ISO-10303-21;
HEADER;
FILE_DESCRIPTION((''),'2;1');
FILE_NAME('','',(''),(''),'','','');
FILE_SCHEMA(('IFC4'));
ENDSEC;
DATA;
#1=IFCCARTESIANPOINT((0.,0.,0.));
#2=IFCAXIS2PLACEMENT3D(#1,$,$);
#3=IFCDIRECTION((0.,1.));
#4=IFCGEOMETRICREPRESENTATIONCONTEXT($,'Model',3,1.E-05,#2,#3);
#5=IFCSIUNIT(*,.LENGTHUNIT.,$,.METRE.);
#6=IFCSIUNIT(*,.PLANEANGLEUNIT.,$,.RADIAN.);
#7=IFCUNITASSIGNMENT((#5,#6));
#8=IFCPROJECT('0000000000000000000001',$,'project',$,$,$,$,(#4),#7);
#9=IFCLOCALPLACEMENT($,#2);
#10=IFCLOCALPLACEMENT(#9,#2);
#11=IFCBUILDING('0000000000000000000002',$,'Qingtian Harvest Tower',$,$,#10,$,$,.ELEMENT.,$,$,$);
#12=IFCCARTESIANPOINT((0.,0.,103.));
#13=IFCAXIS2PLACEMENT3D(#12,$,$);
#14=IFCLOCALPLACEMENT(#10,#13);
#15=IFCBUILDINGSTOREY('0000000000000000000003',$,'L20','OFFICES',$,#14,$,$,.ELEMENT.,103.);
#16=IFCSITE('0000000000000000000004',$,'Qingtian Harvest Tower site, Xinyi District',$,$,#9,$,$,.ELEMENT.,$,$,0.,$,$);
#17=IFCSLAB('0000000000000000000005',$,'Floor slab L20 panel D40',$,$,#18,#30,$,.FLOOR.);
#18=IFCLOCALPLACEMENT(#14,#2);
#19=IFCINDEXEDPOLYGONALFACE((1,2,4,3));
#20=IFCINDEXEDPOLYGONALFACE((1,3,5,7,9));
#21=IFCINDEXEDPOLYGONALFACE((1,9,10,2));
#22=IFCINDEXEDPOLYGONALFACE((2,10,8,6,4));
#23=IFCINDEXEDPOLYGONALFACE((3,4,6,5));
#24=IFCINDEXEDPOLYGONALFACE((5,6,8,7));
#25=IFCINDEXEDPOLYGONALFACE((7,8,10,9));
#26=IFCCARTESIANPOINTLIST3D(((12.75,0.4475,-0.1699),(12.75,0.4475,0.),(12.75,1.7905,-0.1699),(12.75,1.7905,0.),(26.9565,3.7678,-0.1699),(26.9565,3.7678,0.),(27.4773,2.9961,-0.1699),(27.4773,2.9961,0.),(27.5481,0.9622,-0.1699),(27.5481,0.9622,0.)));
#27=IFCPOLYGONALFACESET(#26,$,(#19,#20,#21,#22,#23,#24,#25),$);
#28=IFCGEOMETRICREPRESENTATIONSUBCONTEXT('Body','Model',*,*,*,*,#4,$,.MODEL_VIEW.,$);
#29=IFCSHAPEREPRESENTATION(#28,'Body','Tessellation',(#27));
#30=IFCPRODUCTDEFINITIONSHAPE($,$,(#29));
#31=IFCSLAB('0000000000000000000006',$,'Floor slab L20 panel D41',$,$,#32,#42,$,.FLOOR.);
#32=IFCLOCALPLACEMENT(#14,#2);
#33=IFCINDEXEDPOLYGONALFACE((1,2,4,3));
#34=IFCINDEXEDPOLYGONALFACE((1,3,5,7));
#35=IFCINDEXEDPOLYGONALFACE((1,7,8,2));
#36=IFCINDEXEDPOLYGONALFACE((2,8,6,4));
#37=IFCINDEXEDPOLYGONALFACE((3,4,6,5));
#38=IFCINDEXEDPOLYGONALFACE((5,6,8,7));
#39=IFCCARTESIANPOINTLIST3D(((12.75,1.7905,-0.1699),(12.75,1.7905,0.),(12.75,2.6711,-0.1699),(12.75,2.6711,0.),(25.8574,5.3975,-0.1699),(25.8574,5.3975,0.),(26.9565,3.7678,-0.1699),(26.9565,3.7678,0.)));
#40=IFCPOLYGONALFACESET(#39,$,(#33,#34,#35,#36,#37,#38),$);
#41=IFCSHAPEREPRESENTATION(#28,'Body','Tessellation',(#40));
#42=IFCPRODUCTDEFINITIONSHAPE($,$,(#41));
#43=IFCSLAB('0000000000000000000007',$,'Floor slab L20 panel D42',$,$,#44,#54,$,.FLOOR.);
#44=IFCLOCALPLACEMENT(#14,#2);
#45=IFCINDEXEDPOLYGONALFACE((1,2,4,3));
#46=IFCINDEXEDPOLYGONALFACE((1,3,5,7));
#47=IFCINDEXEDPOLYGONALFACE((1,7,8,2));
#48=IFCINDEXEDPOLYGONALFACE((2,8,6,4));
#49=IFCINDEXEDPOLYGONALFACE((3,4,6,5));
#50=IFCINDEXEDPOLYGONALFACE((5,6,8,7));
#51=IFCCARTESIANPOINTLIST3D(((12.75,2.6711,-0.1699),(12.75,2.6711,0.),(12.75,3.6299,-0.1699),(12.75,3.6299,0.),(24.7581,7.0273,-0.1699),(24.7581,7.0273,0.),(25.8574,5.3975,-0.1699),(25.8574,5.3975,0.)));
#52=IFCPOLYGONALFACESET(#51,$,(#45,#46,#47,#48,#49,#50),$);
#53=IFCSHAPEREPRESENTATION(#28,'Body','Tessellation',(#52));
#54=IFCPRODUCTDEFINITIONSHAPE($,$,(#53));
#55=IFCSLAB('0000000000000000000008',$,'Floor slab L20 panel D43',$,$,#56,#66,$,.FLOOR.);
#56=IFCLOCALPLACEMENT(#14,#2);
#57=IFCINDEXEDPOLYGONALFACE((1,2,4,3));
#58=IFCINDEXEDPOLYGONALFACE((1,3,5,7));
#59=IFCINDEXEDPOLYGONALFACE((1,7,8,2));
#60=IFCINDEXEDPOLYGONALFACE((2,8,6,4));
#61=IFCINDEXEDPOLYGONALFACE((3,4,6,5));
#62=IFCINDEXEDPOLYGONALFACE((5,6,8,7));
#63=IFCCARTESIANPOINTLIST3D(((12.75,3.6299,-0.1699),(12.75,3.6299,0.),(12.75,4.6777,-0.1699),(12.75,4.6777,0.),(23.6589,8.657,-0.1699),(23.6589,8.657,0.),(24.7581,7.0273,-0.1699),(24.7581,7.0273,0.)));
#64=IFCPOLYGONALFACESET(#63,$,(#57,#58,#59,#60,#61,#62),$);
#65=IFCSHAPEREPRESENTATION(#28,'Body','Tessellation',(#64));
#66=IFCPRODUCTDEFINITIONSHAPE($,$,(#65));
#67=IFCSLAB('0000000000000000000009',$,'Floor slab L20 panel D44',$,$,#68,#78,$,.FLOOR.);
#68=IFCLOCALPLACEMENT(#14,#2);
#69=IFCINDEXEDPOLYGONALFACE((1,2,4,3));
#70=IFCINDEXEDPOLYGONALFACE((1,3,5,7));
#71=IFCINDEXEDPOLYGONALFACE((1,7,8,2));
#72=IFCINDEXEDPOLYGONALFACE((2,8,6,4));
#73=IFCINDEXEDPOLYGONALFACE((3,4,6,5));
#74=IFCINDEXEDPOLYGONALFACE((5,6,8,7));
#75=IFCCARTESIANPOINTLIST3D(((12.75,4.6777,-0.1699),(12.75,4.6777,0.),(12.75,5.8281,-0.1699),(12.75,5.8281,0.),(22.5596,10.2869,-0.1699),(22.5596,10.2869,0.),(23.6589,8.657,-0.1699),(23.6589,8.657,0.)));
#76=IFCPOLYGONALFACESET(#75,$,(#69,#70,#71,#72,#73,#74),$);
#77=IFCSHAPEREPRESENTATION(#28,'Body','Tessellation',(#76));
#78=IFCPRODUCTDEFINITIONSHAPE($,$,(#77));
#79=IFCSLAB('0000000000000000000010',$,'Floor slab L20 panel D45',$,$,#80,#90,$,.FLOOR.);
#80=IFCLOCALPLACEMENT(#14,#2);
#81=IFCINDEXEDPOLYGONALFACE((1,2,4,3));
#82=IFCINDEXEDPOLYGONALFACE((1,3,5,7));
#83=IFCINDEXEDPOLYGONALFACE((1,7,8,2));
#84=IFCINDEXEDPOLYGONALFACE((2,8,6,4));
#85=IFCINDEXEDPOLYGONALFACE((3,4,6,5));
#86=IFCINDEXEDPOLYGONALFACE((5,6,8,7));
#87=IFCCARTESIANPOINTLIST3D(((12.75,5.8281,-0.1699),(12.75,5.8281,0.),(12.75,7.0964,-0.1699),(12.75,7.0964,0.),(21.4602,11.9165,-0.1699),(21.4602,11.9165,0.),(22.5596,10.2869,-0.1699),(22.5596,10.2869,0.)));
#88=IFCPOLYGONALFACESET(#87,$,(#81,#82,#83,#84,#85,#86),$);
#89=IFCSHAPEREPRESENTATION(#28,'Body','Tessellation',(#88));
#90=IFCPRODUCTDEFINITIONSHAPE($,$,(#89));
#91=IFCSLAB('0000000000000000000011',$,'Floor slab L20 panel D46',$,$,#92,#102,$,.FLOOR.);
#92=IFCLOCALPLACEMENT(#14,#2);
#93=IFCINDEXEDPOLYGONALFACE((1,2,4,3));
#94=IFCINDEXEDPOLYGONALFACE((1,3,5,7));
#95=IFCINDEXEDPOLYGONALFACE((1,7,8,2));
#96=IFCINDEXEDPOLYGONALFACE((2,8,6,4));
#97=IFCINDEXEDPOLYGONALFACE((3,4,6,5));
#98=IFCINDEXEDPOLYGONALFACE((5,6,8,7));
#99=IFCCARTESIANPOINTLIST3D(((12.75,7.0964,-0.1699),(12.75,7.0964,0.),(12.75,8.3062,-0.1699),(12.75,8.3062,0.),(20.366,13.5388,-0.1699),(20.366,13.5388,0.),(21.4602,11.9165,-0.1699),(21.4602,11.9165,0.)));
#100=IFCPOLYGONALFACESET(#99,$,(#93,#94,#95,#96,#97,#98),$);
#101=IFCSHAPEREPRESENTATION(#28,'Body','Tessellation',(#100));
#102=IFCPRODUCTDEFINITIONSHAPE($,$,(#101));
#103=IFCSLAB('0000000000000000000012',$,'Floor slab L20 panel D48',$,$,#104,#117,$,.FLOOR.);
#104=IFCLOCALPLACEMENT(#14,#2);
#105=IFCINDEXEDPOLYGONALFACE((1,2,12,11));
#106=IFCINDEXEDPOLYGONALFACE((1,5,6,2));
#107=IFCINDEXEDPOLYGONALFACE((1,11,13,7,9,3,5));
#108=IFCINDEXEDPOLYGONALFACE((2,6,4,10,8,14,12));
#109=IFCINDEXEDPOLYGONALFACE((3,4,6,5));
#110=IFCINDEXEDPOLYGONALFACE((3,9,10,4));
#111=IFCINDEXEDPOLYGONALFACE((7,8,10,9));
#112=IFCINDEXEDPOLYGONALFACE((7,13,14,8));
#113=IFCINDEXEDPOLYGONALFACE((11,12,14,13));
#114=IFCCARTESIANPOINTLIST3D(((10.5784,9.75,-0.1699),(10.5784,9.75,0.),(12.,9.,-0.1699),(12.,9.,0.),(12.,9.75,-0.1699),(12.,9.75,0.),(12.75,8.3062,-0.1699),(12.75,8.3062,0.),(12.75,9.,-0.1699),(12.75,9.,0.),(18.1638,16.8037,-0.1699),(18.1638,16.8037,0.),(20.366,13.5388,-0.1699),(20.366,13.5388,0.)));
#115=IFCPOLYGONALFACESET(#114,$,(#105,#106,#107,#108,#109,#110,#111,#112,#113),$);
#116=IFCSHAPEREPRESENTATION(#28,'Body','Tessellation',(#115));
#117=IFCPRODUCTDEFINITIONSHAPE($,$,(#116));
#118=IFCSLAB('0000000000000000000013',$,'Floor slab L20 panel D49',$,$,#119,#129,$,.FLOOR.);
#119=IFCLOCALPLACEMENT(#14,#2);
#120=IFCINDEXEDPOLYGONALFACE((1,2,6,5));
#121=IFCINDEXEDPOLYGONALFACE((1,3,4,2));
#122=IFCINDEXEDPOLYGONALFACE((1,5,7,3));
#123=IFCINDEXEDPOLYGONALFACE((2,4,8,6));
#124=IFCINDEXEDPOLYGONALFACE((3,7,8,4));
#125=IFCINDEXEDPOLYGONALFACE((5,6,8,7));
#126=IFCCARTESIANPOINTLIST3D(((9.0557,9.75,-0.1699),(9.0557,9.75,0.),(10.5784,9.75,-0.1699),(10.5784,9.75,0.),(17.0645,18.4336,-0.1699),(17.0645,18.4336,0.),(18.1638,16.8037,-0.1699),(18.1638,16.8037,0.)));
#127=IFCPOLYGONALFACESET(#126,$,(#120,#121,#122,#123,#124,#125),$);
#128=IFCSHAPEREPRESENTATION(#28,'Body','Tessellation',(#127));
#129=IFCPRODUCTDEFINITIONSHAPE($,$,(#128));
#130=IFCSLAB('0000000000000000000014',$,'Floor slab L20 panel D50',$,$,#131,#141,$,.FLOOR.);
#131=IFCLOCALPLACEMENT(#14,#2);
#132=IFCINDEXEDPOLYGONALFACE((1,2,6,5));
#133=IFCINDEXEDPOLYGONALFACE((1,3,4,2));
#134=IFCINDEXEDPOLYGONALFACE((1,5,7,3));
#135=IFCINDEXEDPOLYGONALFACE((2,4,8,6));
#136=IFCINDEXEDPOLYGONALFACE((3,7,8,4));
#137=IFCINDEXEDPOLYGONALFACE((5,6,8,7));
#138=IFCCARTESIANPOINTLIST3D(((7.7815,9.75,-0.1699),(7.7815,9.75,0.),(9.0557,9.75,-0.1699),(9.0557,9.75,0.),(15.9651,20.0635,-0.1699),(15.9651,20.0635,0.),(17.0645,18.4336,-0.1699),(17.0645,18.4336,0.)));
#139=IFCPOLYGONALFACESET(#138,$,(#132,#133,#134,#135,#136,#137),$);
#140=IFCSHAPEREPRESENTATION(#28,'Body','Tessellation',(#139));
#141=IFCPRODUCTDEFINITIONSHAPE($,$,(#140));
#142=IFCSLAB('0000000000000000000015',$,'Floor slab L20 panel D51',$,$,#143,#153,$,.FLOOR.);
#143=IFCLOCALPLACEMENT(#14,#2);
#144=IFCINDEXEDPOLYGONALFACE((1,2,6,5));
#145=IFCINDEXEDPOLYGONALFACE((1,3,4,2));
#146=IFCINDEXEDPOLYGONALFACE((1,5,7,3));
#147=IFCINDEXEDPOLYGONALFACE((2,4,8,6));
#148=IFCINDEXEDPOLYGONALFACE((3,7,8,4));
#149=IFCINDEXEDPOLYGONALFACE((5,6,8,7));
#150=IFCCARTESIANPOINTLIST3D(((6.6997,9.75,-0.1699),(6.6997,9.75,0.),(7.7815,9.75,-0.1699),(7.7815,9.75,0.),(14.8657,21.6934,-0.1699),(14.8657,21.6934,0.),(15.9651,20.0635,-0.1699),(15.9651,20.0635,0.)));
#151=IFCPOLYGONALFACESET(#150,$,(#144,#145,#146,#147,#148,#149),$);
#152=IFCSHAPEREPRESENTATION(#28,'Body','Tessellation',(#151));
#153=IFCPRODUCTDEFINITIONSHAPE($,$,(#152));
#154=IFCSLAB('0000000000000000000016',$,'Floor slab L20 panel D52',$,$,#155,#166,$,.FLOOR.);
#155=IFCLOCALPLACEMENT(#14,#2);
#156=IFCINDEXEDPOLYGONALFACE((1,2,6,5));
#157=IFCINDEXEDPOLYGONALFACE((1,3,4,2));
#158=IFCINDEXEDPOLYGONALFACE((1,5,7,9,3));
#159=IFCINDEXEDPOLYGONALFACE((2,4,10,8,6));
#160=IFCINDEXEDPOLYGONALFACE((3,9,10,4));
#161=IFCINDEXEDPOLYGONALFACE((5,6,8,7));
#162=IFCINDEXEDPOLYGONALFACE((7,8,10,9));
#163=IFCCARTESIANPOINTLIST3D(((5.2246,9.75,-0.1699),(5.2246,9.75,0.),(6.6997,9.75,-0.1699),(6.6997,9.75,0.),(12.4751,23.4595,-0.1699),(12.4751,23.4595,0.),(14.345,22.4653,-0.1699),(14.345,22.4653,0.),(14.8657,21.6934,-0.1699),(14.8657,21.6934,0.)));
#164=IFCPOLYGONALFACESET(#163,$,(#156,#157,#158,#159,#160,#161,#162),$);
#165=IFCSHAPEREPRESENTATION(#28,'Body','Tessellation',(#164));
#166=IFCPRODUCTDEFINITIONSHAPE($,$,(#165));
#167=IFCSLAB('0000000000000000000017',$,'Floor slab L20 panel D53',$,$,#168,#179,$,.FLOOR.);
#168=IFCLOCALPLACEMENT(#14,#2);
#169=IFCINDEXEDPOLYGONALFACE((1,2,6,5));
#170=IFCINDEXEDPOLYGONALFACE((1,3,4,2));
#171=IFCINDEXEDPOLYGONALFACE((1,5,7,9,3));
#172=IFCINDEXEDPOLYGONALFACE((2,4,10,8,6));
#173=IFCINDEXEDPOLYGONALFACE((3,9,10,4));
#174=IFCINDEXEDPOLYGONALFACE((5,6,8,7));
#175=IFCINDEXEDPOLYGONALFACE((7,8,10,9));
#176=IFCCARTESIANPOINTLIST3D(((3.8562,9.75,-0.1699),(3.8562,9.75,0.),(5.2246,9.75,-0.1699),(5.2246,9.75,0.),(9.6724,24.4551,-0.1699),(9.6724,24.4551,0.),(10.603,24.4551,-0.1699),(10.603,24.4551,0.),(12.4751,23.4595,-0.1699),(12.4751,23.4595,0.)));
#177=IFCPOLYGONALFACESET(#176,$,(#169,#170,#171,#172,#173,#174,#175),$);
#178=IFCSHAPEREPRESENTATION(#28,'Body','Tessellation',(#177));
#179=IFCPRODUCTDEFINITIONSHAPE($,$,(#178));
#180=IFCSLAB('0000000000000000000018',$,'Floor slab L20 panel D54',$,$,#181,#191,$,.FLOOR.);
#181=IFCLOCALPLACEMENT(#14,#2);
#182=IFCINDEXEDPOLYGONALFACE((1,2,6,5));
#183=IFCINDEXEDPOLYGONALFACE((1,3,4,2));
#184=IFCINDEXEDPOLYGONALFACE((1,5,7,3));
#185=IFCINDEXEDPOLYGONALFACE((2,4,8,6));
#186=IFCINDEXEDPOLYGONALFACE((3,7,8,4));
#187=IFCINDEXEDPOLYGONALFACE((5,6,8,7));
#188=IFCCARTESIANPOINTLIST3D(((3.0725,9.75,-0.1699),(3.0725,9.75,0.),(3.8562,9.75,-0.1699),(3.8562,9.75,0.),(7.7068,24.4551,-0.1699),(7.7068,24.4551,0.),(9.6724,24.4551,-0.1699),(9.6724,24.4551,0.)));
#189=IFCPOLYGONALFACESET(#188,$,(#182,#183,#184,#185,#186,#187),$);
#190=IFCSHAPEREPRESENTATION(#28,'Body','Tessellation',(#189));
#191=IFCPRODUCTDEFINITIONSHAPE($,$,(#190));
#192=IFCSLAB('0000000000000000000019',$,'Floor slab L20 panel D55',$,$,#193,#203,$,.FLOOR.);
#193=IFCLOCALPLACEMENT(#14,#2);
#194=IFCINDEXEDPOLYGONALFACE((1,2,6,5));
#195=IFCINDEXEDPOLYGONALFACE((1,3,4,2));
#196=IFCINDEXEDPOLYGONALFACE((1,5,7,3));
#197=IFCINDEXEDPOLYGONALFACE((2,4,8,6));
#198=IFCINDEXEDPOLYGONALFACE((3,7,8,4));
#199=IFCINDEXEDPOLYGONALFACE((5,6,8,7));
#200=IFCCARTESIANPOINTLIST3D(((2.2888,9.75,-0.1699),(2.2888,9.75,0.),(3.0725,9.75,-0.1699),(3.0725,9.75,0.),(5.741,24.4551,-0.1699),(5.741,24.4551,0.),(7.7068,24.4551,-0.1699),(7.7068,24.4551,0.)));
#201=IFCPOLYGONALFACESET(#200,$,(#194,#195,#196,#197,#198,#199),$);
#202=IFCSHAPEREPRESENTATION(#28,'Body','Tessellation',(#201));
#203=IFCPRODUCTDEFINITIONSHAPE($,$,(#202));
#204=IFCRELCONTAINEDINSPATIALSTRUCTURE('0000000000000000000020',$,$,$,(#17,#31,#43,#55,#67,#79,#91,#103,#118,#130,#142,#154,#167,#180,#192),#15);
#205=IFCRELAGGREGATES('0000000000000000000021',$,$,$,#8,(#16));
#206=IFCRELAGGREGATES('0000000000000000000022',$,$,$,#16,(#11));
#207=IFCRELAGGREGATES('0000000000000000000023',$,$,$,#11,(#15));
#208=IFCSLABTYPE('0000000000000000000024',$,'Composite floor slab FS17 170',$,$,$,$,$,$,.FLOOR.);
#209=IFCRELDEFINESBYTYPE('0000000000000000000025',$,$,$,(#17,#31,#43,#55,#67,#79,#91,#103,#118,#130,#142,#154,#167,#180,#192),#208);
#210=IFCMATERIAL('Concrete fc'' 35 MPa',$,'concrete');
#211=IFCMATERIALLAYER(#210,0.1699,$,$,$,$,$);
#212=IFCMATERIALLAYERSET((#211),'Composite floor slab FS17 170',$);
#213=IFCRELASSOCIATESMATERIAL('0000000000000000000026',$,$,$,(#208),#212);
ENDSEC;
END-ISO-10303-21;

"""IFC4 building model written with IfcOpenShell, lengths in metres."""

from ifc_helpers import new_model, si_unit, direction, frame, origin, place, context, subcontext, project, spatial, polyline, outline, extrude, material, layer, layer_set, type_object, element, save


model = new_model("IFC4")

# Units and contexts
model_context = context("Model", 3, precision=1e-05, world=origin(), true_north=direction((0.0, 1.0)))
body_context = subcontext(model_context, "Body", "Model", "MODEL_VIEW")
ifc_project = project(units=[si_unit("LENGTHUNIT", "METRE"), si_unit("PLANEANGLEUNIT", "RADIAN")], contexts=[model_context])

# Site, building, storey
site_placement = place(None, origin())
site = spatial("IfcSite", under=ifc_project, at=site_placement, Name="Qingtian Harvest Tower site, Xinyi District", CompositionType="ELEMENT", RefElevation=0.0)
building_placement = place(site_placement, origin())
building = spatial("IfcBuilding", under=site, at=building_placement, Name="Qingtian Harvest Tower", CompositionType="ELEMENT")
storey_placement = place(building_placement, frame((0.0, 0.0, 103.0)))
storey = spatial("IfcBuildingStorey", under=building, at=storey_placement, Name="L20", Description="OFFICES", CompositionType="ELEMENT", Elevation=103.0)

# Slabs
ifc_material_1 = material(Name="Concrete fc' 35 MPa", Category="concrete")
ifc_layer_1 = layer(ifc_material_1, 0.1699)
ifc_layer_set_1 = layer_set([ifc_layer_1], Name="Composite floor slab FS17 170")
slab_type = type_object("IfcSlabType", Name="Composite floor slab FS17 170", PredefinedType="FLOOR", material=ifc_layer_set_1)
slab_1_placement = place(storey_placement, frame((0.0, 0.0, -0.1699)))
element("IfcSlab", 1, at=slab_1_placement, inside=storey, type_object=slab_type, Name="Floor slab L20 panel D40", PredefinedType="FLOOR", context=body_context, shape_type="SweptSolid", body=[
    extrude(outline(polyline([(12.75, 0.4475), (12.75, 1.7905), (26.9565, 3.7678), (27.4773, 2.9961), (27.5481, 0.9622), (12.75, 0.4475)])), origin(), (0.0, 0.0, 1.0), 0.1699),
])
slab_2_placement = place(storey_placement, frame((0.0, 0.0, -0.1699)))
element("IfcSlab", 2, at=slab_2_placement, inside=storey, type_object=slab_type, Name="Floor slab L20 panel D41", PredefinedType="FLOOR", context=body_context, shape_type="SweptSolid", body=[
    extrude(outline(polyline([(12.75, 2.6711), (25.8574, 5.3975), (26.9565, 3.7678), (12.75, 1.7905), (12.75, 2.6711)])), origin(), (0.0, 0.0, 1.0), 0.1699),
])
slab_3_placement = place(storey_placement, frame((0.0, 0.0, -0.1699)))
element("IfcSlab", 3, at=slab_3_placement, inside=storey, type_object=slab_type, Name="Floor slab L20 panel D42", PredefinedType="FLOOR", context=body_context, shape_type="SweptSolid", body=[
    extrude(outline(polyline([(12.75, 3.6299), (24.7581, 7.0273), (25.8574, 5.3975), (12.75, 2.6711), (12.75, 3.6299)])), origin(), (0.0, 0.0, 1.0), 0.1699),
])
slab_4_placement = place(storey_placement, frame((0.0, 0.0, -0.1699)))
element("IfcSlab", 4, at=slab_4_placement, inside=storey, type_object=slab_type, Name="Floor slab L20 panel D43", PredefinedType="FLOOR", context=body_context, shape_type="SweptSolid", body=[
    extrude(outline(polyline([(12.75, 4.6777), (23.6589, 8.657), (24.7581, 7.0273), (12.75, 3.6299), (12.75, 4.6777)])), origin(), (0.0, 0.0, 1.0), 0.1699),
])
slab_5_placement = place(storey_placement, frame((0.0, 0.0, -0.1699)))
element("IfcSlab", 5, at=slab_5_placement, inside=storey, type_object=slab_type, Name="Floor slab L20 panel D44", PredefinedType="FLOOR", context=body_context, shape_type="SweptSolid", body=[
    extrude(outline(polyline([(12.75, 5.8281), (22.5596, 10.2869), (23.6589, 8.657), (12.75, 4.6777), (12.75, 5.8281)])), origin(), (0.0, 0.0, 1.0), 0.1699),
])
slab_6_placement = place(storey_placement, frame((0.0, 0.0, -0.1699)))
element("IfcSlab", 6, at=slab_6_placement, inside=storey, type_object=slab_type, Name="Floor slab L20 panel D45", PredefinedType="FLOOR", context=body_context, shape_type="SweptSolid", body=[
    extrude(outline(polyline([(12.75, 7.0964), (21.4602, 11.9165), (22.5596, 10.2869), (12.75, 5.8281), (12.75, 7.0964)])), origin(), (0.0, 0.0, 1.0), 0.1699),
])
slab_7_placement = place(storey_placement, frame((0.0, 0.0, -0.1699)))
element("IfcSlab", 7, at=slab_7_placement, inside=storey, type_object=slab_type, Name="Floor slab L20 panel D46", PredefinedType="FLOOR", context=body_context, shape_type="SweptSolid", body=[
    extrude(outline(polyline([(12.75, 8.3062), (20.366, 13.5388), (21.4602, 11.9165), (12.75, 7.0964), (12.75, 8.3062)])), origin(), (0.0, 0.0, 1.0), 0.1699),
])
slab_8_placement = place(storey_placement, frame((0.0, 0.0, -0.1699)))
element("IfcSlab", 8, at=slab_8_placement, inside=storey, type_object=slab_type, Name="Floor slab L20 panel D48", PredefinedType="FLOOR", context=body_context, shape_type="SweptSolid", body=[
    extrude(outline(polyline([(18.1638, 16.8037), (20.366, 13.5388), (12.75, 8.3062), (12.75, 9.0), (12.0, 9.0), (12.0, 9.75), (10.5784, 9.75), (18.1638, 16.8037)])), origin(), (0.0, 0.0, 1.0), 0.1699),
])
slab_9_placement = place(storey_placement, frame((0.0, 0.0, -0.1699)))
element("IfcSlab", 9, at=slab_9_placement, inside=storey, type_object=slab_type, Name="Floor slab L20 panel D49", PredefinedType="FLOOR", context=body_context, shape_type="SweptSolid", body=[
    extrude(outline(polyline([(9.0557, 9.75), (17.0645, 18.4336), (18.1638, 16.8037), (10.5784, 9.75), (9.0557, 9.75)])), origin(), (0.0, 0.0, 1.0), 0.1699),
])
slab_10_placement = place(storey_placement, frame((0.0, 0.0, -0.1699)))
element("IfcSlab", 10, at=slab_10_placement, inside=storey, type_object=slab_type, Name="Floor slab L20 panel D50", PredefinedType="FLOOR", context=body_context, shape_type="SweptSolid", body=[
    extrude(outline(polyline([(7.7815, 9.75), (15.9651, 20.0635), (17.0645, 18.4336), (9.0557, 9.75), (7.7815, 9.75)])), origin(), (0.0, 0.0, 1.0), 0.1699),
])
slab_11_placement = place(storey_placement, frame((0.0, 0.0, -0.1699)))
element("IfcSlab", 11, at=slab_11_placement, inside=storey, type_object=slab_type, Name="Floor slab L20 panel D51", PredefinedType="FLOOR", context=body_context, shape_type="SweptSolid", body=[
    extrude(outline(polyline([(6.6997, 9.75), (14.8657, 21.6934), (15.9651, 20.0635), (7.7815, 9.75), (6.6997, 9.75)])), origin(), (0.0, 0.0, 1.0), 0.1699),
])
slab_12_placement = place(storey_placement, frame((0.0, 0.0, -0.1699)))
element("IfcSlab", 12, at=slab_12_placement, inside=storey, type_object=slab_type, Name="Floor slab L20 panel D52", PredefinedType="FLOOR", context=body_context, shape_type="SweptSolid", body=[
    extrude(outline(polyline([(6.6997, 9.75), (5.2246, 9.75), (12.4751, 23.4595), (14.345, 22.4653), (14.8657, 21.6934), (6.6997, 9.75)])), origin(), (0.0, 0.0, 1.0), 0.1699),
])
slab_13_placement = place(storey_placement, frame((0.0, 0.0, -0.1699)))
element("IfcSlab", 13, at=slab_13_placement, inside=storey, type_object=slab_type, Name="Floor slab L20 panel D53", PredefinedType="FLOOR", context=body_context, shape_type="SweptSolid", body=[
    extrude(outline(polyline([(3.8562, 9.75), (9.6724, 24.4551), (10.603, 24.4551), (12.4751, 23.4595), (5.2246, 9.75), (3.8562, 9.75)])), origin(), (0.0, 0.0, 1.0), 0.1699),
])
slab_14_placement = place(storey_placement, frame((0.0, 0.0, -0.1699)))
element("IfcSlab", 14, at=slab_14_placement, inside=storey, type_object=slab_type, Name="Floor slab L20 panel D54", PredefinedType="FLOOR", context=body_context, shape_type="SweptSolid", body=[
    extrude(outline(polyline([(3.0725, 9.75), (7.7068, 24.4551), (9.6724, 24.4551), (3.8562, 9.75), (3.0725, 9.75)])), origin(), (0.0, 0.0, 1.0), 0.1699),
])
slab_15_placement = place(storey_placement, frame((0.0, 0.0, -0.1699)))
element("IfcSlab", 15, at=slab_15_placement, inside=storey, type_object=slab_type, Name="Floor slab L20 panel D55", PredefinedType="FLOOR", context=body_context, shape_type="SweptSolid", body=[
    extrude(outline(polyline([(2.2888, 9.75), (5.741, 24.4551), (7.7068, 24.4551), (3.0725, 9.75), (2.2888, 9.75)])), origin(), (0.0, 0.0, 1.0), 0.1699),
])

save(model, "model.ifc")
